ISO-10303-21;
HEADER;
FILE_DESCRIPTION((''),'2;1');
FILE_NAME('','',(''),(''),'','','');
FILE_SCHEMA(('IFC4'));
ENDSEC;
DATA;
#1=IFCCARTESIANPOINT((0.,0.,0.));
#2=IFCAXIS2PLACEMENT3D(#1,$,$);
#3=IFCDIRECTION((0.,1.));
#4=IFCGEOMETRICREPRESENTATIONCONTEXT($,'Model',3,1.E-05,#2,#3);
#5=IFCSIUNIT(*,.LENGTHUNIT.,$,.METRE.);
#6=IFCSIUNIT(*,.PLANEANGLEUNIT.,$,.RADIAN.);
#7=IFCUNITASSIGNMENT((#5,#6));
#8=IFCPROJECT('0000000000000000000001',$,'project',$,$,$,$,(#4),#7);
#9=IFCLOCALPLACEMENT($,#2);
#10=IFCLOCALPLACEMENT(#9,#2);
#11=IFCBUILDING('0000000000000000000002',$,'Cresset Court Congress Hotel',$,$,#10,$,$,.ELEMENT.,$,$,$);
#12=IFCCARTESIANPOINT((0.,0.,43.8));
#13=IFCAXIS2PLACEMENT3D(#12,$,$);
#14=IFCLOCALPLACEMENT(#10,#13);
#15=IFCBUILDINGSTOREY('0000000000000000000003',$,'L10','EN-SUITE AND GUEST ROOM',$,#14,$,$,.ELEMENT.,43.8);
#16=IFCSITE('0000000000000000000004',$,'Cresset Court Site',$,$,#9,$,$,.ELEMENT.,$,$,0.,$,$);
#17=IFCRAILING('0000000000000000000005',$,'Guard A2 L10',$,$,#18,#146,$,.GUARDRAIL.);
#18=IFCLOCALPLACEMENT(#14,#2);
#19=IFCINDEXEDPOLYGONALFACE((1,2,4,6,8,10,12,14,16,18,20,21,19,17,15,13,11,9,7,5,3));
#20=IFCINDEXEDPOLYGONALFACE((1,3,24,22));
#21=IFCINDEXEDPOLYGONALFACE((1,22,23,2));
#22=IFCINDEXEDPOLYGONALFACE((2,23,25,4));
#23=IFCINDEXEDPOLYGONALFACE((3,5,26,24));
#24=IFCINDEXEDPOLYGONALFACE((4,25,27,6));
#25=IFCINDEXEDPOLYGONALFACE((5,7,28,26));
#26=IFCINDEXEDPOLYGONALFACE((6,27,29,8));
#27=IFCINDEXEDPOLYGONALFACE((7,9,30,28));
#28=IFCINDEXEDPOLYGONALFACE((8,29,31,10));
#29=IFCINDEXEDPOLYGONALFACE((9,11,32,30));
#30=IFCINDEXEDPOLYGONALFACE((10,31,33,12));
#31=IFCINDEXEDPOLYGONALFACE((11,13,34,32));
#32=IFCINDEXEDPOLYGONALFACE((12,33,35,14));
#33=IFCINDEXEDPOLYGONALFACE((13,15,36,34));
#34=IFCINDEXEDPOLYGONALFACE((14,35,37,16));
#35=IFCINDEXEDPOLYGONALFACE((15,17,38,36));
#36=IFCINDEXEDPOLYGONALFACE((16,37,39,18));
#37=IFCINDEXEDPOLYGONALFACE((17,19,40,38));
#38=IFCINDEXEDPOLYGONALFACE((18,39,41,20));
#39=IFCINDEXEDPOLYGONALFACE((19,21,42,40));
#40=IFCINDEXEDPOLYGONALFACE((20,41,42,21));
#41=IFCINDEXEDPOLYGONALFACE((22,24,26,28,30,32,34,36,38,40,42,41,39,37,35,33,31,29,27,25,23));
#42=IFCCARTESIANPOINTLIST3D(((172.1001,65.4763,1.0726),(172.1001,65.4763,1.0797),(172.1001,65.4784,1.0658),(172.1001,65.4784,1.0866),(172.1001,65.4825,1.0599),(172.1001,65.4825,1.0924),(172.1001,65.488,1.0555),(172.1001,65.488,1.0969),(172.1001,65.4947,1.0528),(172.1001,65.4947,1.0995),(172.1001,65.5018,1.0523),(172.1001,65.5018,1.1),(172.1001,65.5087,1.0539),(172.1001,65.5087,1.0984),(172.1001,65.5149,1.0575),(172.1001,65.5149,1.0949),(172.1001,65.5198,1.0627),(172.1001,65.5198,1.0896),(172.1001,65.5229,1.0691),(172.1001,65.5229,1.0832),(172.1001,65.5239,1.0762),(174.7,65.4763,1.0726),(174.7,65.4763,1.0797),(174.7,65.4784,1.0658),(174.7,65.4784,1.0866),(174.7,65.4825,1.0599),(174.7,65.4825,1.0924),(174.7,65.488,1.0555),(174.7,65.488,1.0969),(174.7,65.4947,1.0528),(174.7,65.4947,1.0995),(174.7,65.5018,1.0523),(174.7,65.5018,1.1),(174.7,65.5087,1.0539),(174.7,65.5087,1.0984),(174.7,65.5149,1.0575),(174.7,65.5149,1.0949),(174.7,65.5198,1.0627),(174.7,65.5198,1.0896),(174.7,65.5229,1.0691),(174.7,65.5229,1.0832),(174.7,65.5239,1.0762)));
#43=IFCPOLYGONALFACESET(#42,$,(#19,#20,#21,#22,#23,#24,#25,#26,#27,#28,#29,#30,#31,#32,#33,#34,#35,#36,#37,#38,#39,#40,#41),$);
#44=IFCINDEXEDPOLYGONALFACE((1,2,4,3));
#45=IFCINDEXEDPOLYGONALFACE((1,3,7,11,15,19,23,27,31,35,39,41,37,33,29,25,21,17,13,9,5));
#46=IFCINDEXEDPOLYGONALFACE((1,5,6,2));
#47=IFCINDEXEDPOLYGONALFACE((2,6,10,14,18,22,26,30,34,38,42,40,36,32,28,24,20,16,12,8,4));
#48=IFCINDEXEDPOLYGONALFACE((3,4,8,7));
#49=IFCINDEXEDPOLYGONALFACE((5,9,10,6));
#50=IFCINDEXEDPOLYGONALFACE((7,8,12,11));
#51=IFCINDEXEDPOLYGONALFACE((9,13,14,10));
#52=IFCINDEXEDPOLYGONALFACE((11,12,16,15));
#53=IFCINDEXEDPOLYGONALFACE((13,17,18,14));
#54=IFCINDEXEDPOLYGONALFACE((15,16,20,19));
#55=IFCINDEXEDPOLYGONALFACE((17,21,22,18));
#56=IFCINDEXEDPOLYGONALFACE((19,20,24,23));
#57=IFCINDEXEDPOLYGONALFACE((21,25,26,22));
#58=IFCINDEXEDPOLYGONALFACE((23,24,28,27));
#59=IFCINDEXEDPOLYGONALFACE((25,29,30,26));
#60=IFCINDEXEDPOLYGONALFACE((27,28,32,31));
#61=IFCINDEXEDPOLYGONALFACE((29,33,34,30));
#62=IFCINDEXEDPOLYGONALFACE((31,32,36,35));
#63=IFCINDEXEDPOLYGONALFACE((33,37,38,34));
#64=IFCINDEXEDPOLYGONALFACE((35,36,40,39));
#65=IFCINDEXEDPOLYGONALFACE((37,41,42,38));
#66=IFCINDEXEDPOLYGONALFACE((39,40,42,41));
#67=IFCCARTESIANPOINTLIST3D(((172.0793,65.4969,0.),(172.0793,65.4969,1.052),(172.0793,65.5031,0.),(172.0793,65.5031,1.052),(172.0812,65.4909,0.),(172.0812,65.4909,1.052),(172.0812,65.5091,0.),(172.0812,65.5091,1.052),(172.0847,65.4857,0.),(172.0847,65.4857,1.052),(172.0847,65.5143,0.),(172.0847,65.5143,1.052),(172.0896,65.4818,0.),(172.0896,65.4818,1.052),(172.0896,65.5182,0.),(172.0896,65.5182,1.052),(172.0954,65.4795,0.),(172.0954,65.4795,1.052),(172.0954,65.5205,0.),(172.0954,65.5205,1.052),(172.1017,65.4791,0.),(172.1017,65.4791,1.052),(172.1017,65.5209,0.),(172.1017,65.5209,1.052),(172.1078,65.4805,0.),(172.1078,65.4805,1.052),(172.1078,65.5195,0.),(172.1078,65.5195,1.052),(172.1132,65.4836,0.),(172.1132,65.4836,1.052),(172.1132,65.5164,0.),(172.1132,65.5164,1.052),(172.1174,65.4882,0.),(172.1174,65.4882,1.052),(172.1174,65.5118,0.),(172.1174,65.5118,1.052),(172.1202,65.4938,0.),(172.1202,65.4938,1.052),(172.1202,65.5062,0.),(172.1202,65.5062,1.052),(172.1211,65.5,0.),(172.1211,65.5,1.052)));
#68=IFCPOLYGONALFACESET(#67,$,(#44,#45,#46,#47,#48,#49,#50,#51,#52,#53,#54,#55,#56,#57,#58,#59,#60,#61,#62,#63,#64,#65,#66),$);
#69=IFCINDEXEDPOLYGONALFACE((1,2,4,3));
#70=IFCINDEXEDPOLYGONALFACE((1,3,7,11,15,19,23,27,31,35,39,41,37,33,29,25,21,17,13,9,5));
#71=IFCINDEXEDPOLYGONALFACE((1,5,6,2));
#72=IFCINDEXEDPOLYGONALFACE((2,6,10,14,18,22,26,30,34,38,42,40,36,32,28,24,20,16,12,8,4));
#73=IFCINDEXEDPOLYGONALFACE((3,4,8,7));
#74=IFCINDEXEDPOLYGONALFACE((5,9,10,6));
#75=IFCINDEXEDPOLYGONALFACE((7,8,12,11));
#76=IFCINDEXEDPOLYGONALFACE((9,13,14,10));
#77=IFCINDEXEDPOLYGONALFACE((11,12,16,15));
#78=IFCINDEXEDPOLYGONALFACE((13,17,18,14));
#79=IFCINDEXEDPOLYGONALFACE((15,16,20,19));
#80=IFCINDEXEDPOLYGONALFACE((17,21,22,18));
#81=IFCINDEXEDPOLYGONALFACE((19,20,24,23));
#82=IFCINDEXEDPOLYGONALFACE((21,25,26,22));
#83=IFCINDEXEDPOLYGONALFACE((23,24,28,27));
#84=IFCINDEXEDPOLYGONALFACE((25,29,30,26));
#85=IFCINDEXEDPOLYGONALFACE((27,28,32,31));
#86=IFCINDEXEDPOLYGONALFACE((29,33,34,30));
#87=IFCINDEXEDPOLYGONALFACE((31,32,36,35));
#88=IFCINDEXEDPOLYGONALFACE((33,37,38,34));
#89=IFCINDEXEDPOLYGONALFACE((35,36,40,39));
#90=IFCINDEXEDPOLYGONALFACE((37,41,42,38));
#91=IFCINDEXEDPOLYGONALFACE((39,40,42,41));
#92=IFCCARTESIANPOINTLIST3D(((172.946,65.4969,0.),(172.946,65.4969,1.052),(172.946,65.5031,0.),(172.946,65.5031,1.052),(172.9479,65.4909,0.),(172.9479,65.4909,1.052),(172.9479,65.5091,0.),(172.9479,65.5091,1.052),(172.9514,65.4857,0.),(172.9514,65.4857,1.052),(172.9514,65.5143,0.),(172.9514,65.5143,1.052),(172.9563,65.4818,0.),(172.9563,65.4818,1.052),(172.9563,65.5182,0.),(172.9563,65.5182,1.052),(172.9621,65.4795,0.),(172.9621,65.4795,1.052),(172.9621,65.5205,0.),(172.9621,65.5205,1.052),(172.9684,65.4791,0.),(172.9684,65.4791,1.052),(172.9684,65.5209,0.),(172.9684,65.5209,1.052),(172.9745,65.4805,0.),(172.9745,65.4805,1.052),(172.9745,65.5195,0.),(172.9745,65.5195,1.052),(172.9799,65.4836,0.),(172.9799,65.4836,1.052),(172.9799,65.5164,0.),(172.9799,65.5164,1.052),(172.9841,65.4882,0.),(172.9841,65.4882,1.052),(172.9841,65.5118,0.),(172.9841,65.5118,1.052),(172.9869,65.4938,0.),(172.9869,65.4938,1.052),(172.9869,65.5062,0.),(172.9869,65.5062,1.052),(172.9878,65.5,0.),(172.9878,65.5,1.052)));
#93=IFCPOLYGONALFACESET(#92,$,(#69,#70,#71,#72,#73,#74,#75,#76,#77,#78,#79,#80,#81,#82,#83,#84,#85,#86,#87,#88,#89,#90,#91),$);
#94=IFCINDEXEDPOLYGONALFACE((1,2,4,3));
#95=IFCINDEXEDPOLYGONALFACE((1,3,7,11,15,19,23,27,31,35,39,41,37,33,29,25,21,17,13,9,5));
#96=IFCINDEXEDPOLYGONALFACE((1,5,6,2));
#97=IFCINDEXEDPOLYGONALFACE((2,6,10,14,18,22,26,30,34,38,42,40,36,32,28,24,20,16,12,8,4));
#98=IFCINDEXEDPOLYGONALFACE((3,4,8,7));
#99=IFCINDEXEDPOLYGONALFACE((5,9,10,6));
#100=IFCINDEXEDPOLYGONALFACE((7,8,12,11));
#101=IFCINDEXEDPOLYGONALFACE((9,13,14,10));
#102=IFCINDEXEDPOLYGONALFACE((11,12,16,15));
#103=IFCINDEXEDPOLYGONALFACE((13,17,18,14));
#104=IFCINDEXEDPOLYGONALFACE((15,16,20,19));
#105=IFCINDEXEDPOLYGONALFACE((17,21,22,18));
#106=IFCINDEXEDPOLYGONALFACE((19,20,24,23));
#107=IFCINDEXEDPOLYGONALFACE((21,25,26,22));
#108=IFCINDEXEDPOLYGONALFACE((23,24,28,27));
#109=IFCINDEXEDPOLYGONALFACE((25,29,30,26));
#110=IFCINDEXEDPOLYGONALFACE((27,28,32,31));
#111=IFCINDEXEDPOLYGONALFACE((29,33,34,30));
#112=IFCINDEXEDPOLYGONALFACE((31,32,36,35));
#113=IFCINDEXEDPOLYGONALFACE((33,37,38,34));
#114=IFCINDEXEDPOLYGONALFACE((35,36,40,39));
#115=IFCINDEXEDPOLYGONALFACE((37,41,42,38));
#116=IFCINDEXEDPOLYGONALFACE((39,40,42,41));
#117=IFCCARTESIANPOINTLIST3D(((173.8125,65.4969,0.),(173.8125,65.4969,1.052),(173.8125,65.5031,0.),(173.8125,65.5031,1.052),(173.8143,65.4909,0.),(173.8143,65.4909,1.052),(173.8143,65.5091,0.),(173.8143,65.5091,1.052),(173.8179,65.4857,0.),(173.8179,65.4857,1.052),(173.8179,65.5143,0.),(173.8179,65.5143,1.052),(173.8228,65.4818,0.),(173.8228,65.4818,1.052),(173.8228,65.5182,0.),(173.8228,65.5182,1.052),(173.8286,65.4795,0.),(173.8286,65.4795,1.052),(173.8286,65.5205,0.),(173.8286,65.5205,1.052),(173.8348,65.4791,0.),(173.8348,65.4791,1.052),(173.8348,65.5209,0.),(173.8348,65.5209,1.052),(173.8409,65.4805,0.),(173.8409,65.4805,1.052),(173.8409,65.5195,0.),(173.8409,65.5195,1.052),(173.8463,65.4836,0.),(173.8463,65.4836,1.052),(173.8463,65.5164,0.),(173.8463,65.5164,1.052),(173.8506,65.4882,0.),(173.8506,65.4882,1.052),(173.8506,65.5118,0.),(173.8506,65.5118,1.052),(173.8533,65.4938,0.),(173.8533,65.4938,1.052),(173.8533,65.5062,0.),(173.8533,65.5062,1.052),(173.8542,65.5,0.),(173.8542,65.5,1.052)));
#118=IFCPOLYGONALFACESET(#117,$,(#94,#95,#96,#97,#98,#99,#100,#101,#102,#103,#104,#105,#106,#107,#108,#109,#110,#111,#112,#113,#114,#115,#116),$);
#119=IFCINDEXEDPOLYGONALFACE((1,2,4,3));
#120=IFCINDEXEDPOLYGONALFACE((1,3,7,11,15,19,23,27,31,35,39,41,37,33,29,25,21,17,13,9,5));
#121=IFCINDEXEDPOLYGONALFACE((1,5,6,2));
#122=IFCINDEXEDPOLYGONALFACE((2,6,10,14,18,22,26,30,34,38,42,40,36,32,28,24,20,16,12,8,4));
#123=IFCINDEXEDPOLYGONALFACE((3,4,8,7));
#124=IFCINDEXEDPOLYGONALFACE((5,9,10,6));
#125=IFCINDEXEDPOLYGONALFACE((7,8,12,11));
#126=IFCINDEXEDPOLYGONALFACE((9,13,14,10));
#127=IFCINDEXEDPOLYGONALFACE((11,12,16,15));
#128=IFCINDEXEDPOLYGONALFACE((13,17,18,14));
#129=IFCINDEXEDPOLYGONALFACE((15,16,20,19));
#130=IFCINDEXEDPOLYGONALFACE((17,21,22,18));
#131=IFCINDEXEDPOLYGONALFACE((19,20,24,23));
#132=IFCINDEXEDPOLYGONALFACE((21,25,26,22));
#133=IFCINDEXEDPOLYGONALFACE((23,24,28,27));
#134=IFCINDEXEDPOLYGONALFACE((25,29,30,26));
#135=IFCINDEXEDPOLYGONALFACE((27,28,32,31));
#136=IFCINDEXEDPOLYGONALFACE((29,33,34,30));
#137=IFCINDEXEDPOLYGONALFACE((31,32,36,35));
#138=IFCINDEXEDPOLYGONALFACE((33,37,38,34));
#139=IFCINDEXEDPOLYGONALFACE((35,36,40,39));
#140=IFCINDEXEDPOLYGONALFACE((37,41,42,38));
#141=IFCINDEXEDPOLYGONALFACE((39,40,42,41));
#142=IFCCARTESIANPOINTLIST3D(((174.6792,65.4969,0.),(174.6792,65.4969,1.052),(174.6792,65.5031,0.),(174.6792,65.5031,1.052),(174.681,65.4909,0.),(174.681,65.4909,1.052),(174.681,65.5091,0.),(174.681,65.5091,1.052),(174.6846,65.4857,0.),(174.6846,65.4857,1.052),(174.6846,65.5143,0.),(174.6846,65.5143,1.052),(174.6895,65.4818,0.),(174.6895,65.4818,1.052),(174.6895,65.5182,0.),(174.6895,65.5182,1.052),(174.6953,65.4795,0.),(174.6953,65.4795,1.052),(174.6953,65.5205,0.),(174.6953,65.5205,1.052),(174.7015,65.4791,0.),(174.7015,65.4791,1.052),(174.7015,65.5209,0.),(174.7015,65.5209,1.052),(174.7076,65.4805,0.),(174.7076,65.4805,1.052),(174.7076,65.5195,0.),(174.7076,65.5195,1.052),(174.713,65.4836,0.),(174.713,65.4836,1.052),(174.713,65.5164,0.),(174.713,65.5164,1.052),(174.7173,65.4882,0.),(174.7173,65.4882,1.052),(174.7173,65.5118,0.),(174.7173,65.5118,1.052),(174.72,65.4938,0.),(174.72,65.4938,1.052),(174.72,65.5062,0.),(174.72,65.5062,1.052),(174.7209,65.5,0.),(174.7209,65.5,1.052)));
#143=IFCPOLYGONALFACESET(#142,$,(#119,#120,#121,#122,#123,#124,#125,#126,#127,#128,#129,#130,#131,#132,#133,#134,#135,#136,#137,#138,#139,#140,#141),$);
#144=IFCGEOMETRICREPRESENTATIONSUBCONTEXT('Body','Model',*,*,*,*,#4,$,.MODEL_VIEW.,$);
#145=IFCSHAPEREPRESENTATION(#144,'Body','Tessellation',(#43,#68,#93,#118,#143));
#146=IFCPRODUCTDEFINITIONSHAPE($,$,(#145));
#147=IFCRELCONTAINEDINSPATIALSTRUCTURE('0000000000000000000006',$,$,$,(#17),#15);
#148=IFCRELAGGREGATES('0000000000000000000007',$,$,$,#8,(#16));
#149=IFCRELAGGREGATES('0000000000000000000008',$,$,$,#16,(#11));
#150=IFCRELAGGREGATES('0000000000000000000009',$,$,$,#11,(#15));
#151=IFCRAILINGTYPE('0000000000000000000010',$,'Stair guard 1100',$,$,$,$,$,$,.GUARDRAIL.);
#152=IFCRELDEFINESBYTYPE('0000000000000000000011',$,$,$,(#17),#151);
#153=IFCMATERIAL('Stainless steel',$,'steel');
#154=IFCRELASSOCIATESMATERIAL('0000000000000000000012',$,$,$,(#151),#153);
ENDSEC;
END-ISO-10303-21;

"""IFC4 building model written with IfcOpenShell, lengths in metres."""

from ifc_helpers import new_model, si_unit, direction, frame, origin, origin_2d, place, context, subcontext, project, spatial, circle, extrude, material, type_object, element, save


model = new_model("IFC4")

# Units and contexts
model_context = context("Model", 3, precision=1e-05, world=origin(), true_north=direction((0.0, 1.0)))
body_context = subcontext(model_context, "Body", "Model", "MODEL_VIEW")
ifc_project = project(units=[si_unit("LENGTHUNIT", "METRE"), si_unit("PLANEANGLEUNIT", "RADIAN")], contexts=[model_context])

# Site, building, storey
site_placement = place(None, origin())
site = spatial("IfcSite", under=ifc_project, at=site_placement, Name="Cresset Court Site", CompositionType="ELEMENT", RefElevation=0.0)
building_placement = place(site_placement, origin())
building = spatial("IfcBuilding", under=site, at=building_placement, Name="Cresset Court Congress Hotel", CompositionType="ELEMENT")
storey_placement = place(building_placement, frame((0.0, 0.0, 43.8)))
storey = spatial("IfcBuildingStorey", under=building, at=storey_placement, Name="L10", Description="EN-SUITE AND GUEST ROOM", CompositionType="ELEMENT", Elevation=43.8)

# Railing
ifc_material_1 = material(Name="Stainless steel", Category="steel")
railing_type_1 = type_object("IfcRailingType", Name="Stair guard 1100", PredefinedType="GUARDRAIL", material=ifc_material_1)
for number, where, name in (
    (1, (172.1001, 65.5, 0.0), "Guard A2 L10"),
):
    element("IfcRailing", number, at=place(storey_placement, frame(where)), inside=storey, type_object=railing_type_1, Name=name, PredefinedType="GUARDRAIL", context=body_context, shape_type="SweptSolid", body=[
        extrude(circle(Radius=0.0239, at=origin_2d()), frame((0.0, 0.0, 1.0762), z_axis=(1.0, 0.0, 0.0), x_axis=(0.0, 1.0, 0.0)), (0.0, 0.0, 1.0), 2.5999),
        extrude(circle(Radius=0.021, at=origin_2d()), origin(), (0.0, 0.0, 1.0), 1.052),
        extrude(circle(Radius=0.021, at=origin_2d()), frame((0.8667, 0.0, 0.0)), (0.0, 0.0, 1.0), 1.052),
        extrude(circle(Radius=0.021, at=origin_2d()), frame((1.7332, 0.0, 0.0)), (0.0, 0.0, 1.0), 1.052),
        extrude(circle(Radius=0.021, at=origin_2d()), frame((2.5999, 0.0, 0.0)), (0.0, 0.0, 1.0), 1.052),
    ])

save(model, "model.ifc")
